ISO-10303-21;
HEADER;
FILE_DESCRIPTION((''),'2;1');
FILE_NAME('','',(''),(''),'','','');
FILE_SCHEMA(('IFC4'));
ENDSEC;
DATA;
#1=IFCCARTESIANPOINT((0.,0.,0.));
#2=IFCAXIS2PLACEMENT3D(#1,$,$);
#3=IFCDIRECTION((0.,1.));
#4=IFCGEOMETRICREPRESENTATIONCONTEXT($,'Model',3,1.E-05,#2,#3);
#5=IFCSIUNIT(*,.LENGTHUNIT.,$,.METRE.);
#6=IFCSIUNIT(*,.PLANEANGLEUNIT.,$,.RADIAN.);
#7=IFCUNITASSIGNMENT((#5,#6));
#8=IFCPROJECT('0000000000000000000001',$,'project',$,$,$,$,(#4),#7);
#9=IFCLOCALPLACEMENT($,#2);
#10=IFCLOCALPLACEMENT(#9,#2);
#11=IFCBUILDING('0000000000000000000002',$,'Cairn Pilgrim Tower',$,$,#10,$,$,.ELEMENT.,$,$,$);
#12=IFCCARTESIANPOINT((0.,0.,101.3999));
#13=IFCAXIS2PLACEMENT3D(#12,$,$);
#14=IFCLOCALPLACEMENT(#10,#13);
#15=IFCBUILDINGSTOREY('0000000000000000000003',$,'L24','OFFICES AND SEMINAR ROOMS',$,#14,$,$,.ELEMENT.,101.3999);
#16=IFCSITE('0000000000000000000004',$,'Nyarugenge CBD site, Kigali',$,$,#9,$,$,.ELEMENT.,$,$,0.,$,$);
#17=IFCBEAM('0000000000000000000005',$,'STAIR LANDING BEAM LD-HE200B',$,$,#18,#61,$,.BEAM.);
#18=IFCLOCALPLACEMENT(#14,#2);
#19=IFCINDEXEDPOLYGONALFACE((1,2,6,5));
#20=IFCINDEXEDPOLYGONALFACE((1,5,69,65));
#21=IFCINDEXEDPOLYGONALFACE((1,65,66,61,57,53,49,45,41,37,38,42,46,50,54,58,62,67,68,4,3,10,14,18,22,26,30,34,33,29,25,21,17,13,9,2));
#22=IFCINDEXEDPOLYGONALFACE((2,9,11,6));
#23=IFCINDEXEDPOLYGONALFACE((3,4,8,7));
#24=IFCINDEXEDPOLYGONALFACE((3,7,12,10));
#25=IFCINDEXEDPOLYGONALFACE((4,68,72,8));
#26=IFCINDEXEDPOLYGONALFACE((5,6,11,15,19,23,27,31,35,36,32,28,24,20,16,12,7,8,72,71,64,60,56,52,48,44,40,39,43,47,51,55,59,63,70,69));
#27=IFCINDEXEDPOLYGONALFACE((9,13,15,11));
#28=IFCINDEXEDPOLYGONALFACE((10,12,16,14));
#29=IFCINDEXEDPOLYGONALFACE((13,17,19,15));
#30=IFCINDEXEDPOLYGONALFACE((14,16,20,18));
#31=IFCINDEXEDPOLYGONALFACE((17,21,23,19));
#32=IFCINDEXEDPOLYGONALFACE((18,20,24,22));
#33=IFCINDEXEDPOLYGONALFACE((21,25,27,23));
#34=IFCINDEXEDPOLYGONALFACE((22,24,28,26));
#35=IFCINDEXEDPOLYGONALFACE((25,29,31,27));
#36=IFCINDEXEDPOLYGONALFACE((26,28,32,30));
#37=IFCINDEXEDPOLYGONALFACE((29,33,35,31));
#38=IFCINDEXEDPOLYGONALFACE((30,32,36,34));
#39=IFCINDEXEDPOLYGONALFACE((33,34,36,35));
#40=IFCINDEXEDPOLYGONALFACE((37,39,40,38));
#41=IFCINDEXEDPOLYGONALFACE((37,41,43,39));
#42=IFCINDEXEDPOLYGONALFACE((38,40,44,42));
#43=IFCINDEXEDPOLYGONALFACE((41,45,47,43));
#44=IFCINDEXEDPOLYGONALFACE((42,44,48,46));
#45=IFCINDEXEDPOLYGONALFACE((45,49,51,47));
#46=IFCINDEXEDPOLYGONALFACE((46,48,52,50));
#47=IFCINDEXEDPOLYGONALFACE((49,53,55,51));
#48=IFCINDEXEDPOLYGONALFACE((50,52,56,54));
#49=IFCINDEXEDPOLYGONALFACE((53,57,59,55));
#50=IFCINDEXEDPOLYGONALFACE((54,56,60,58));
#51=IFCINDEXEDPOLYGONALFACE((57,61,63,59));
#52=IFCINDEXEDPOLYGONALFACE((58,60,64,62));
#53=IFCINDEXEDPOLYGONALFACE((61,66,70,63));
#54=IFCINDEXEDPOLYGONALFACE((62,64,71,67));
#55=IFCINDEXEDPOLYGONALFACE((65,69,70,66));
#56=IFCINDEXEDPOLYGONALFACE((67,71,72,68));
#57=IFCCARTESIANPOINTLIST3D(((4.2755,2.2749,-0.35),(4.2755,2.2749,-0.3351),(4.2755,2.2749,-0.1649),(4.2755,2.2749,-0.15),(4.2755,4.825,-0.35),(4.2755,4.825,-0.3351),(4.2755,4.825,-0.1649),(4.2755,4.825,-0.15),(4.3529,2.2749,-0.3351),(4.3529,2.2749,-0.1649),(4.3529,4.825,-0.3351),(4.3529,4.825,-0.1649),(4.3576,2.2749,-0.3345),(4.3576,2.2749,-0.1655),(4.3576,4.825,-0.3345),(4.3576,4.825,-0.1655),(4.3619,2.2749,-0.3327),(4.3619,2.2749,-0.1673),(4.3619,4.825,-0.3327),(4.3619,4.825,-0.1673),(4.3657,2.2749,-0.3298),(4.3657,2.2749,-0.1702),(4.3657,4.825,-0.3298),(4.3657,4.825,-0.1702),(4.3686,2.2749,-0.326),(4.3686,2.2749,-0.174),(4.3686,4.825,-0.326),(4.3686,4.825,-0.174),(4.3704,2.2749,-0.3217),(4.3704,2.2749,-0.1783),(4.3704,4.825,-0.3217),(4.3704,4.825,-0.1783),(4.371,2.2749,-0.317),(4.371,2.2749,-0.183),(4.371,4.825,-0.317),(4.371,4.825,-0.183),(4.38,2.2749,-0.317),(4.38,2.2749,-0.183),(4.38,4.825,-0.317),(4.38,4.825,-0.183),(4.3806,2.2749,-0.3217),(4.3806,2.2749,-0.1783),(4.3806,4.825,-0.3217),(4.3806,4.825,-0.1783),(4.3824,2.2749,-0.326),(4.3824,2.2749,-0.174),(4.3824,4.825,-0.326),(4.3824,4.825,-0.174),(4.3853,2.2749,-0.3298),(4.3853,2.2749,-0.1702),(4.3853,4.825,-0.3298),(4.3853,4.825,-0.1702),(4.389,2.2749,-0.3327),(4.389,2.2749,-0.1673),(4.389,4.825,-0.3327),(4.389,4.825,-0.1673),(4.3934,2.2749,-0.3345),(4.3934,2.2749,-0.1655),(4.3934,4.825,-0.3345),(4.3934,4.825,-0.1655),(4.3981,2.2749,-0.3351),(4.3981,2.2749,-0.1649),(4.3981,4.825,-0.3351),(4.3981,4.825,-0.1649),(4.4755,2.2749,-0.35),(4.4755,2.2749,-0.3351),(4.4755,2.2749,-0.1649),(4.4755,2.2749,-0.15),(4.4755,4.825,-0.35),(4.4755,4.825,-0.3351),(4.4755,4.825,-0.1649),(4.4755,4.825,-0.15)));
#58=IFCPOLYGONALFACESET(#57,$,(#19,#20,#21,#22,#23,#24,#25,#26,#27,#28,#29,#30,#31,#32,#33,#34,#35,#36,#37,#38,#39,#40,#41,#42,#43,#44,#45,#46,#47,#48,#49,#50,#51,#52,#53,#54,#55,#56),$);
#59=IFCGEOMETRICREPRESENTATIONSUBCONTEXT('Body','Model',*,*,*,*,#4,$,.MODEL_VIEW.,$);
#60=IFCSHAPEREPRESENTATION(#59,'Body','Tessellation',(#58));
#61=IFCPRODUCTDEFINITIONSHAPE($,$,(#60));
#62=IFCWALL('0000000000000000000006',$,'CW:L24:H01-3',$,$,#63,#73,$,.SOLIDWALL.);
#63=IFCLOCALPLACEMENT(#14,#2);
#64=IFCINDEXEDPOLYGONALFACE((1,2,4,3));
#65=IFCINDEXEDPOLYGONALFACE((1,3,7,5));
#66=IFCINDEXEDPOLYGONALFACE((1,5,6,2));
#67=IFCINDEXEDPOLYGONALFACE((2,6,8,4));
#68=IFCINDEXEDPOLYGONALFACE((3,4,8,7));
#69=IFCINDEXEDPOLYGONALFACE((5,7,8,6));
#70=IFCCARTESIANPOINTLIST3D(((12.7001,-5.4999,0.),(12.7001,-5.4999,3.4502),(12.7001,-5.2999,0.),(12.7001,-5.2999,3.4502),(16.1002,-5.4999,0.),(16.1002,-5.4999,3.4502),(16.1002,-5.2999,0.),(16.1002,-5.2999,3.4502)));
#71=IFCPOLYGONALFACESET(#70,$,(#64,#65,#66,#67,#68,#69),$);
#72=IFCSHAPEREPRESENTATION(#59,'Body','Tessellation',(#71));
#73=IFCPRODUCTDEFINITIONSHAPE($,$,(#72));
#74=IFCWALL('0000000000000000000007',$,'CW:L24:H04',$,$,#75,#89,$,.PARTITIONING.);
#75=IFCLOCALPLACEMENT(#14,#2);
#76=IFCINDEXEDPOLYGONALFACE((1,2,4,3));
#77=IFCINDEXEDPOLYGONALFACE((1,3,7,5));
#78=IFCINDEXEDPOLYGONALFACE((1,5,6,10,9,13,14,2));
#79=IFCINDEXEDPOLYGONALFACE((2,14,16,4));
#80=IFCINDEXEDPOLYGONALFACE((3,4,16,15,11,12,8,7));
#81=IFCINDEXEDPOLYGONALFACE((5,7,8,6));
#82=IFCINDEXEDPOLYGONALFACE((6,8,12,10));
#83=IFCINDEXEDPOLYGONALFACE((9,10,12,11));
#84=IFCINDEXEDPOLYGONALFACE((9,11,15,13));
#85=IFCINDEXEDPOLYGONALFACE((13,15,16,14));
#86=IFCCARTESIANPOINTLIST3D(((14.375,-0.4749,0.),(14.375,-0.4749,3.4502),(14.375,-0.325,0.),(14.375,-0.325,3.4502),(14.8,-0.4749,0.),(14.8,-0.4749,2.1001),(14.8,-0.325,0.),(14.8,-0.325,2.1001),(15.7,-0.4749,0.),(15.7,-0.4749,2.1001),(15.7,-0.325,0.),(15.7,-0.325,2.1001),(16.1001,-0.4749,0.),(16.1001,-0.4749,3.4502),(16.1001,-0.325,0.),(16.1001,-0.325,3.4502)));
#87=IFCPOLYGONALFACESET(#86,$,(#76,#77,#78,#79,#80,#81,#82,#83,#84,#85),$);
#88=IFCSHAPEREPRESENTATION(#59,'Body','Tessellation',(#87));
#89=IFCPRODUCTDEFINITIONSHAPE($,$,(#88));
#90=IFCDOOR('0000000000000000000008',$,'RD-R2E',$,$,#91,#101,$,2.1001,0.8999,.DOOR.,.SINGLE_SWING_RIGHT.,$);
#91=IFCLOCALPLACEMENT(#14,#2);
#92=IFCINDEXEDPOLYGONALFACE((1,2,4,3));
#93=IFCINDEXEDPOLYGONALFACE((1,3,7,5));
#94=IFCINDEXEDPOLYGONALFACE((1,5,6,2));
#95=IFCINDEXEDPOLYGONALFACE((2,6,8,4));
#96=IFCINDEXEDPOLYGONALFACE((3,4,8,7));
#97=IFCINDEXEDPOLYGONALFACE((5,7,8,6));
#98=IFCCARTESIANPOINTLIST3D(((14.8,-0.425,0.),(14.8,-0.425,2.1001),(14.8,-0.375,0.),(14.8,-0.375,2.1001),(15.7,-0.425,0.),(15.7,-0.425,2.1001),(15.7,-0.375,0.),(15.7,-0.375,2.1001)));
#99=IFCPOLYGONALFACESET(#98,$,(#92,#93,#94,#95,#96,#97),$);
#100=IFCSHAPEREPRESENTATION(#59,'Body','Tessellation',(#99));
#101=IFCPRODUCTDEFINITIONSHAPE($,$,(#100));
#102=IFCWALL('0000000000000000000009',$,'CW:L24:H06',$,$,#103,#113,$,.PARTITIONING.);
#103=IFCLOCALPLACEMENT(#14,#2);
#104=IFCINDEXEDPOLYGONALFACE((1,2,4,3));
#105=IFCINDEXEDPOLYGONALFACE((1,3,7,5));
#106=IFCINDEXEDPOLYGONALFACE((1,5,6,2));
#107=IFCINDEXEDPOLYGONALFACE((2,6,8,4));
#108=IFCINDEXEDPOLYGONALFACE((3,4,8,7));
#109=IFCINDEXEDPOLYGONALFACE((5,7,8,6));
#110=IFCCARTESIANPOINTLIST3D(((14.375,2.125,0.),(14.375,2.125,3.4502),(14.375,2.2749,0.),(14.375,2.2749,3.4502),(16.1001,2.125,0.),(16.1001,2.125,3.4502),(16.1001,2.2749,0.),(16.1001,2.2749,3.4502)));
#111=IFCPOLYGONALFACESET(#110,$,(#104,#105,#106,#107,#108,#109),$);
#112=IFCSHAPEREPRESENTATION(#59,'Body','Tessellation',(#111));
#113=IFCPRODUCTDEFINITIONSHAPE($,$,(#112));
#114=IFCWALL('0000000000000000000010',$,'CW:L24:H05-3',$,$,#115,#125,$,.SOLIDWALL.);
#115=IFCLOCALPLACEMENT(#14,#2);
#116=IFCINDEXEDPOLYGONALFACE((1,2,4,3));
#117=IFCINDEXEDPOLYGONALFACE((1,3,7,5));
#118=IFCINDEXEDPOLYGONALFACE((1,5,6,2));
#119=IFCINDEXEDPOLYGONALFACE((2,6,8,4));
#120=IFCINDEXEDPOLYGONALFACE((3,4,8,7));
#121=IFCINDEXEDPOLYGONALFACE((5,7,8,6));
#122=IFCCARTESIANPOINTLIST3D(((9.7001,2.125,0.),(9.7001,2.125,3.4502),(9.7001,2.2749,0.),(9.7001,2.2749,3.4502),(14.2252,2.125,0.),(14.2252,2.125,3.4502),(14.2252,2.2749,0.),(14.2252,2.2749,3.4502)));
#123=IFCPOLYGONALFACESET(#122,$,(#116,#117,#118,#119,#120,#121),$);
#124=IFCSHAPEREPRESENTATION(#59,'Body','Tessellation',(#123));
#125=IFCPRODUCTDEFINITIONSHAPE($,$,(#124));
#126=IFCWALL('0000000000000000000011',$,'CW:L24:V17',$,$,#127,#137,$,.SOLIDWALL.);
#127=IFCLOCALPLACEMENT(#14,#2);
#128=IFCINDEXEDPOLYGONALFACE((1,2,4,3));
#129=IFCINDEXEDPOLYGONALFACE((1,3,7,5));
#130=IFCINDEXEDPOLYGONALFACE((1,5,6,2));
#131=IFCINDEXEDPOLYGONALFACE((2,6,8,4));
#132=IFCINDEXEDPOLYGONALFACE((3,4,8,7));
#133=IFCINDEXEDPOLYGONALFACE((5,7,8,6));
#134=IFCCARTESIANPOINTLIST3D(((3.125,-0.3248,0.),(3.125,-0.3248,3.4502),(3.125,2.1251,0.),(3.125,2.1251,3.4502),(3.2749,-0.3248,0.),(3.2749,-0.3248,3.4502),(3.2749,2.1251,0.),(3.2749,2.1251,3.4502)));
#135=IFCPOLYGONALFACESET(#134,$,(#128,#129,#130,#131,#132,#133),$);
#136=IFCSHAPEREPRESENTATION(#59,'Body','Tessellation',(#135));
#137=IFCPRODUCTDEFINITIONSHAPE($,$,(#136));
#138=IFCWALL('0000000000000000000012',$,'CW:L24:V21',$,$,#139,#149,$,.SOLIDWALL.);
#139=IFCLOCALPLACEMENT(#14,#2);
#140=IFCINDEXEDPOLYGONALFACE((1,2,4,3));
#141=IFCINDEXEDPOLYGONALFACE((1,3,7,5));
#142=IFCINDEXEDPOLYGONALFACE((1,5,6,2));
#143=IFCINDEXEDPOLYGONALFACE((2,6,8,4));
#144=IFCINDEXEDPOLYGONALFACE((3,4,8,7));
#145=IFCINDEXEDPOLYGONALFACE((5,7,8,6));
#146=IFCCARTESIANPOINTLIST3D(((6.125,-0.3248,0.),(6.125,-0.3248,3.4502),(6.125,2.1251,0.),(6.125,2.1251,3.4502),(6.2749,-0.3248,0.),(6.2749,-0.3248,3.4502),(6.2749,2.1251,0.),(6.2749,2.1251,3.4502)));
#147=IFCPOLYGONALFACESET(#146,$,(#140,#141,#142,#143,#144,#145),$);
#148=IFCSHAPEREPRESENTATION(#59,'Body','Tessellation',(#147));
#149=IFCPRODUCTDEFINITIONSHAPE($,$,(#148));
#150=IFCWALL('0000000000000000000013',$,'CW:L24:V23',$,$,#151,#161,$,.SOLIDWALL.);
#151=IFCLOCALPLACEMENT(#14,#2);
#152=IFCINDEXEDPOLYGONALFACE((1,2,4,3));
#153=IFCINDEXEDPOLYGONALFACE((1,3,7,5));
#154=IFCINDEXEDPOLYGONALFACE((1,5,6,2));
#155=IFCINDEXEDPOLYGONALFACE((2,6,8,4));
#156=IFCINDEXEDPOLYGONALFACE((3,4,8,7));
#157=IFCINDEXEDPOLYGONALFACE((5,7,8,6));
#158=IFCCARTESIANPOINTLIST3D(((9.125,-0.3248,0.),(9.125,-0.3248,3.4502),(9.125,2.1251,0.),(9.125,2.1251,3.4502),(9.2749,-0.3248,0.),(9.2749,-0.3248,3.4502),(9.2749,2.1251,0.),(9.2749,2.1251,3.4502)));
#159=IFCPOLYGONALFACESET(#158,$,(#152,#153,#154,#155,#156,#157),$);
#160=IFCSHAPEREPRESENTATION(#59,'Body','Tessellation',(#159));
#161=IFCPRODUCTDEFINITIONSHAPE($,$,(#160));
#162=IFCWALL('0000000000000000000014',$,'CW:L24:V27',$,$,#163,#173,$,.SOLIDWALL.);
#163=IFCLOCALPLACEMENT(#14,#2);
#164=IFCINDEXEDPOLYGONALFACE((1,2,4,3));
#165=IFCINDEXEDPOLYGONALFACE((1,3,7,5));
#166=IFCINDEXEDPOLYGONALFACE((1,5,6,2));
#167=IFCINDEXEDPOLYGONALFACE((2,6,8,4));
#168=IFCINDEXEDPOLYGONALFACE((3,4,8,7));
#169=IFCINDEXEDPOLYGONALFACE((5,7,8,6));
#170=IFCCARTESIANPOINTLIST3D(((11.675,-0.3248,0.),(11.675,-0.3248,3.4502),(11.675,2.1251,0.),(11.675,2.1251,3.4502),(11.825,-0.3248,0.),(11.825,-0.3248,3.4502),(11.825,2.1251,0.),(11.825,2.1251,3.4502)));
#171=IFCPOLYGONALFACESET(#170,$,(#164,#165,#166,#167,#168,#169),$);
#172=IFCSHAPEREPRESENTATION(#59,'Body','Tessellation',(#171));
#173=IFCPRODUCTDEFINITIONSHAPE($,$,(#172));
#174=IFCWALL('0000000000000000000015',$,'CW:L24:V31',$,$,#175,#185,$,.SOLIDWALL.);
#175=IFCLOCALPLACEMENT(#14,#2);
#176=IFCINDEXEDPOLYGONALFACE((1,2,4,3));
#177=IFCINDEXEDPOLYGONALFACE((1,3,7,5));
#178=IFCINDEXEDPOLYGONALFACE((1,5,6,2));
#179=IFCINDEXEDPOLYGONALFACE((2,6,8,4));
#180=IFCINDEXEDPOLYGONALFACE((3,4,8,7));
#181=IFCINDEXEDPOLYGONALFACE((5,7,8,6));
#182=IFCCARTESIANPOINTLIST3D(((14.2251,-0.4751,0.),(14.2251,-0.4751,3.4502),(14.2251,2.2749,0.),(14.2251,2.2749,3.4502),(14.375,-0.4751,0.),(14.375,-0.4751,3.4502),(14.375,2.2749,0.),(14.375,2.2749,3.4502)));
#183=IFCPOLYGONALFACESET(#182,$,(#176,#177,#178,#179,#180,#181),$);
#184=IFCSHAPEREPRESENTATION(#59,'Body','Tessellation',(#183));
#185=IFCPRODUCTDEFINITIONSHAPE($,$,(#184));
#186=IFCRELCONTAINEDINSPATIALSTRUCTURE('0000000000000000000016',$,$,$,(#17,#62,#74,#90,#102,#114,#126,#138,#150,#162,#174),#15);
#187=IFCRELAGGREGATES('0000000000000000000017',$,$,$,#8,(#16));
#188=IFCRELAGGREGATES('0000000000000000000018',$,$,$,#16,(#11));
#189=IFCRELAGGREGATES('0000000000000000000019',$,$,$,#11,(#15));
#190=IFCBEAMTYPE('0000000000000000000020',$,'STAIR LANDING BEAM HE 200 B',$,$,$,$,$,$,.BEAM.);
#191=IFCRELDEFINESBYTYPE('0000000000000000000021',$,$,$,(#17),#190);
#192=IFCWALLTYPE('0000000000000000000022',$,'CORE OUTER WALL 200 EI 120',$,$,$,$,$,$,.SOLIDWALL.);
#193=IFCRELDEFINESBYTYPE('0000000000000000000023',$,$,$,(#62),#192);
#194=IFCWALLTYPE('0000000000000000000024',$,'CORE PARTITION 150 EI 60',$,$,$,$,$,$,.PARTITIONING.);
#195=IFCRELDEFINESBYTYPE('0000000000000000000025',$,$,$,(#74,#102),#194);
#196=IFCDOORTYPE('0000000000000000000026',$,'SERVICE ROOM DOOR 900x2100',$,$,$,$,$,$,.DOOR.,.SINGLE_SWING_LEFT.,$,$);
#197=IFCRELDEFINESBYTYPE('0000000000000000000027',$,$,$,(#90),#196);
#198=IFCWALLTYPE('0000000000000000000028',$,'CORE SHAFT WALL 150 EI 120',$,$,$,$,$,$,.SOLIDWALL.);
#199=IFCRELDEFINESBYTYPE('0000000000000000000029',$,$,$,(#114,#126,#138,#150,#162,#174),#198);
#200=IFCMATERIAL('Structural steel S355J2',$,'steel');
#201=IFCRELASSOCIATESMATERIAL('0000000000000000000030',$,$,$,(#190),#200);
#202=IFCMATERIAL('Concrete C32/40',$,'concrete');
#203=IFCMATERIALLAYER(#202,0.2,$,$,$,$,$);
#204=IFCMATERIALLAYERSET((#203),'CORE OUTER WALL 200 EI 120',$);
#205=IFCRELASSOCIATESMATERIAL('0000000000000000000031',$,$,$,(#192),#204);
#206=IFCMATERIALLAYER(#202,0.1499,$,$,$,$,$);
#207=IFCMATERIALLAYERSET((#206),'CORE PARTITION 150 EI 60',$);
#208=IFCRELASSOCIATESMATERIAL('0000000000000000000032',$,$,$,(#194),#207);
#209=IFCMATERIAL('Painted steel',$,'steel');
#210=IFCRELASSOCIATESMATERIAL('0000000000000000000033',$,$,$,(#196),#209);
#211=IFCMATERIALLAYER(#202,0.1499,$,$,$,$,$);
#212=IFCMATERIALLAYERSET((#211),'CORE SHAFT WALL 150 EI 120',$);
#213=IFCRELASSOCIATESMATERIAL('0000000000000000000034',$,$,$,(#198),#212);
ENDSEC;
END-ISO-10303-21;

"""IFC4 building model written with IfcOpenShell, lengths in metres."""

from ifc_helpers import new_model, si_unit, direction, frame, frame_2d, origin, origin_2d, place, context, subcontext, project, spatial, rectangle, i_section, extrude, material, layer, layer_set, material_profile, profile_set, type_object, element, fill, save


model = new_model("IFC4")

# Units and contexts
model_context = context("Model", 3, precision=1e-05, world=origin(), true_north=direction((0.0, 1.0)))
body_context = subcontext(model_context, "Body", "Model", "MODEL_VIEW")
ifc_project = project(units=[si_unit("LENGTHUNIT", "METRE"), si_unit("PLANEANGLEUNIT", "RADIAN")], contexts=[model_context])

# Site, building, storey
site_placement = place(None, origin())
site = spatial("IfcSite", under=ifc_project, at=site_placement, Name="Nyarugenge CBD site, Kigali", CompositionType="ELEMENT", RefElevation=0.0)
building_placement = place(site_placement, origin())
building = spatial("IfcBuilding", under=site, at=building_placement, Name="Cairn Pilgrim Tower", CompositionType="ELEMENT")
storey_placement = place(building_placement, frame((0.0, 0.0, 101.3999)))
storey = spatial("IfcBuildingStorey", under=building, at=storey_placement, Name="L24", Description="OFFICES AND SEMINAR ROOMS", CompositionType="ELEMENT", Elevation=101.3999)

# Beam
ifc_material_1 = material(Name="Structural steel S355J2", Category="steel")
ifc_material_profile_1 = material_profile(ifc_material_1, i_section(OverallWidth=0.2, OverallDepth=0.2, WebThickness=0.009, FlangeThickness=0.0149, FilletRadius=0.0181, at=origin_2d()), Name="HE 200 B")
ifc_profile_set_1 = profile_set([ifc_material_profile_1], Name="Structural steel S355J2")
beam_type_1 = type_object("IfcBeamType", Name="STAIR LANDING BEAM HE 200 B", PredefinedType="BEAM", material=ifc_profile_set_1)
beam_1_placement = place(storey_placement, frame((4.3755, 2.2749, -0.25), z_axis=(0.0, 1.0, 0.0), x_axis=(-1.0, 0.0, 0.0)))
element("IfcBeam", 1, at=beam_1_placement, inside=storey, type_object=beam_type_1, Name="STAIR LANDING BEAM LD-HE200B", PredefinedType="BEAM", context=body_context, shape_type="SweptSolid", body=[
    extrude(i_section(OverallWidth=0.2, OverallDepth=0.2, WebThickness=0.009, FlangeThickness=0.0149, FilletRadius=0.0181, at=origin_2d()), origin(), (0.0, 0.0, 1.0), 2.55),
])

# Wall
ifc_material_2 = material(Name="Concrete C32/40", Category="concrete")
ifc_layer_1 = layer(ifc_material_2, 0.2)
ifc_layer_set_1 = layer_set([ifc_layer_1], Name="CORE OUTER WALL 200 EI 120")
wall_type_1 = type_object("IfcWallType", Name="CORE OUTER WALL 200 EI 120", PredefinedType="SOLIDWALL", material=ifc_layer_set_1)
wall_1_placement = place(storey_placement, frame((12.7, -5.3999, 0.0), z_axis=(0.0, 0.0, 1.0), x_axis=(1.0, 0.0, 0.0)))
element("IfcWall", 2, at=wall_1_placement, inside=storey, type_object=wall_type_1, Name="CW:L24:H01-3", PredefinedType="SOLIDWALL", context=body_context, shape_type="SweptSolid", body=[
    extrude(rectangle(XDim=3.4001, YDim=0.2, at=frame_2d((1.7002, 0.0))), origin(), (0.0, 0.0, 1.0), 3.4502),
])

# Wall, opening, door
ifc_layer_2 = layer(ifc_material_2, 0.1499)
ifc_layer_set_2 = layer_set([ifc_layer_2], Name="CORE PARTITION 150 EI 60")
wall_type_2 = type_object("IfcWallType", Name="CORE PARTITION 150 EI 60", PredefinedType="PARTITIONING", material=ifc_layer_set_2)
wall_2_placement = place(storey_placement, frame((14.375, -0.3999, 0.0), z_axis=(0.0, 0.0, 1.0), x_axis=(1.0, 0.0, 0.0)))
wall_2 = element("IfcWall", 3, at=wall_2_placement, inside=storey, type_object=wall_type_2, Name="CW:L24:H04", PredefinedType="PARTITIONING", context=body_context, shape_type="SweptSolid", body=[
    extrude(rectangle(XDim=1.7251, YDim=0.1499, at=frame_2d((0.8625, 0.0))), origin(), (0.0, 0.0, 1.0), 3.4502),
])
opening_1_placement = place(wall_2_placement, frame((0.425, 0.0, 0.0)))
opening_1 = element("IfcOpeningElement", 4, at=opening_1_placement, cuts=wall_2, PredefinedType="OPENING", context=body_context, shape_type="SweptSolid", body=[
    extrude(rectangle(XDim=0.8999, YDim=2.1001, at=frame_2d((0.45, 1.05))), frame((0.0, 0.085, 0.0), z_axis=(0.0, -1.0, 0.0), x_axis=(1.0, 0.0, 0.0)), (0.0, 0.0, 1.0), 0.1699),
])
ifc_material_3 = material(Name="Painted steel", Category="steel")
door_type_1 = type_object("IfcDoorType", Name="SERVICE ROOM DOOR 900x2100", OperationType="SINGLE_SWING_LEFT", PredefinedType="DOOR", material=ifc_material_3)
door_1_placement = place(opening_1_placement, origin())
door_1 = element("IfcDoor", 5, at=door_1_placement, inside=storey, type_object=door_type_1, Name="RD-R2E", OperationType="SINGLE_SWING_RIGHT", OverallHeight=2.1001, OverallWidth=0.8999, PredefinedType="DOOR", context=body_context, shape_type="SweptSolid", body=[
    extrude(rectangle(XDim=0.8999, YDim=2.1001, at=frame_2d((0.45, 1.05))), frame((0.0, 0.0249, 0.0), z_axis=(0.0, -1.0, 0.0), x_axis=(1.0, 0.0, 0.0)), (0.0, 0.0, 1.0), 0.05),
])
fill(opening_1, door_1)

# Walls
wall_3_placement = place(storey_placement, frame((14.375, 2.2, 0.0), z_axis=(0.0, 0.0, 1.0), x_axis=(1.0, 0.0, 0.0)))
element("IfcWall", 6, at=wall_3_placement, inside=storey, type_object=wall_type_2, Name="CW:L24:H06", PredefinedType="PARTITIONING", context=body_context, shape_type="SweptSolid", body=[
    extrude(rectangle(XDim=1.7251, YDim=0.1499, at=frame_2d((0.8625, 0.0))), origin(), (0.0, 0.0, 1.0), 3.4502),
])
ifc_layer_3 = layer(ifc_material_2, 0.1499)
ifc_layer_set_3 = layer_set([ifc_layer_3], Name="CORE SHAFT WALL 150 EI 120")
wall_type_3 = type_object("IfcWallType", Name="CORE SHAFT WALL 150 EI 120", PredefinedType="SOLIDWALL", material=ifc_layer_set_3)
wall_4_placement = place(storey_placement, frame((9.7, 2.2, 0.0), z_axis=(0.0, 0.0, 1.0), x_axis=(1.0, 0.0, 0.0)))
element("IfcWall", 7, at=wall_4_placement, inside=storey, type_object=wall_type_3, Name="CW:L24:H05-3", PredefinedType="SOLIDWALL", context=body_context, shape_type="SweptSolid", body=[
    extrude(rectangle(XDim=4.5251, YDim=0.1499, at=frame_2d((2.2627, 0.0))), origin(), (0.0, 0.0, 1.0), 3.4502),
])
for number, where, z_axis, x_axis, name in (
    (8, (3.2, -0.325, 0.0), (0.0, 0.0, 1.0), (0.0, 1.0, 0.0), "CW:L24:V17"),
    (9, (6.2, -0.325, 0.0), (0.0, 0.0, 1.0), (0.0, 1.0, 0.0), "CW:L24:V21"),
    (10, (9.2, -0.325, 0.0), (0.0, 0.0, 1.0), (0.0, 1.0, 0.0), "CW:L24:V23"),
    (11, (11.75, -0.325, 0.0), (0.0, 0.0, 1.0), (0.0, 1.0, 0.0), "CW:L24:V27"),
):
    element("IfcWall", number, at=place(storey_placement, frame(where, z_axis=z_axis, x_axis=x_axis)), inside=storey, type_object=wall_type_3, Name=name, PredefinedType="SOLIDWALL", context=body_context, shape_type="SweptSolid", body=[
        extrude(rectangle(XDim=2.45, YDim=0.1499, at=frame_2d((1.2251, 0.0))), origin(), (0.0, 0.0, 1.0), 3.4502),
    ])
wall_5_placement = place(storey_placement, frame((14.3, -0.4751, 0.0), z_axis=(0.0, 0.0, 1.0), x_axis=(0.0, 1.0, 0.0)))
element("IfcWall", 12, at=wall_5_placement, inside=storey, type_object=wall_type_3, Name="CW:L24:V31", PredefinedType="SOLIDWALL", context=body_context, shape_type="SweptSolid", body=[
    extrude(rectangle(XDim=2.75, YDim=0.1499, at=frame_2d((1.375, 0.0))), origin(), (0.0, 0.0, 1.0), 3.4502),
])

save(model, "model.ifc")
